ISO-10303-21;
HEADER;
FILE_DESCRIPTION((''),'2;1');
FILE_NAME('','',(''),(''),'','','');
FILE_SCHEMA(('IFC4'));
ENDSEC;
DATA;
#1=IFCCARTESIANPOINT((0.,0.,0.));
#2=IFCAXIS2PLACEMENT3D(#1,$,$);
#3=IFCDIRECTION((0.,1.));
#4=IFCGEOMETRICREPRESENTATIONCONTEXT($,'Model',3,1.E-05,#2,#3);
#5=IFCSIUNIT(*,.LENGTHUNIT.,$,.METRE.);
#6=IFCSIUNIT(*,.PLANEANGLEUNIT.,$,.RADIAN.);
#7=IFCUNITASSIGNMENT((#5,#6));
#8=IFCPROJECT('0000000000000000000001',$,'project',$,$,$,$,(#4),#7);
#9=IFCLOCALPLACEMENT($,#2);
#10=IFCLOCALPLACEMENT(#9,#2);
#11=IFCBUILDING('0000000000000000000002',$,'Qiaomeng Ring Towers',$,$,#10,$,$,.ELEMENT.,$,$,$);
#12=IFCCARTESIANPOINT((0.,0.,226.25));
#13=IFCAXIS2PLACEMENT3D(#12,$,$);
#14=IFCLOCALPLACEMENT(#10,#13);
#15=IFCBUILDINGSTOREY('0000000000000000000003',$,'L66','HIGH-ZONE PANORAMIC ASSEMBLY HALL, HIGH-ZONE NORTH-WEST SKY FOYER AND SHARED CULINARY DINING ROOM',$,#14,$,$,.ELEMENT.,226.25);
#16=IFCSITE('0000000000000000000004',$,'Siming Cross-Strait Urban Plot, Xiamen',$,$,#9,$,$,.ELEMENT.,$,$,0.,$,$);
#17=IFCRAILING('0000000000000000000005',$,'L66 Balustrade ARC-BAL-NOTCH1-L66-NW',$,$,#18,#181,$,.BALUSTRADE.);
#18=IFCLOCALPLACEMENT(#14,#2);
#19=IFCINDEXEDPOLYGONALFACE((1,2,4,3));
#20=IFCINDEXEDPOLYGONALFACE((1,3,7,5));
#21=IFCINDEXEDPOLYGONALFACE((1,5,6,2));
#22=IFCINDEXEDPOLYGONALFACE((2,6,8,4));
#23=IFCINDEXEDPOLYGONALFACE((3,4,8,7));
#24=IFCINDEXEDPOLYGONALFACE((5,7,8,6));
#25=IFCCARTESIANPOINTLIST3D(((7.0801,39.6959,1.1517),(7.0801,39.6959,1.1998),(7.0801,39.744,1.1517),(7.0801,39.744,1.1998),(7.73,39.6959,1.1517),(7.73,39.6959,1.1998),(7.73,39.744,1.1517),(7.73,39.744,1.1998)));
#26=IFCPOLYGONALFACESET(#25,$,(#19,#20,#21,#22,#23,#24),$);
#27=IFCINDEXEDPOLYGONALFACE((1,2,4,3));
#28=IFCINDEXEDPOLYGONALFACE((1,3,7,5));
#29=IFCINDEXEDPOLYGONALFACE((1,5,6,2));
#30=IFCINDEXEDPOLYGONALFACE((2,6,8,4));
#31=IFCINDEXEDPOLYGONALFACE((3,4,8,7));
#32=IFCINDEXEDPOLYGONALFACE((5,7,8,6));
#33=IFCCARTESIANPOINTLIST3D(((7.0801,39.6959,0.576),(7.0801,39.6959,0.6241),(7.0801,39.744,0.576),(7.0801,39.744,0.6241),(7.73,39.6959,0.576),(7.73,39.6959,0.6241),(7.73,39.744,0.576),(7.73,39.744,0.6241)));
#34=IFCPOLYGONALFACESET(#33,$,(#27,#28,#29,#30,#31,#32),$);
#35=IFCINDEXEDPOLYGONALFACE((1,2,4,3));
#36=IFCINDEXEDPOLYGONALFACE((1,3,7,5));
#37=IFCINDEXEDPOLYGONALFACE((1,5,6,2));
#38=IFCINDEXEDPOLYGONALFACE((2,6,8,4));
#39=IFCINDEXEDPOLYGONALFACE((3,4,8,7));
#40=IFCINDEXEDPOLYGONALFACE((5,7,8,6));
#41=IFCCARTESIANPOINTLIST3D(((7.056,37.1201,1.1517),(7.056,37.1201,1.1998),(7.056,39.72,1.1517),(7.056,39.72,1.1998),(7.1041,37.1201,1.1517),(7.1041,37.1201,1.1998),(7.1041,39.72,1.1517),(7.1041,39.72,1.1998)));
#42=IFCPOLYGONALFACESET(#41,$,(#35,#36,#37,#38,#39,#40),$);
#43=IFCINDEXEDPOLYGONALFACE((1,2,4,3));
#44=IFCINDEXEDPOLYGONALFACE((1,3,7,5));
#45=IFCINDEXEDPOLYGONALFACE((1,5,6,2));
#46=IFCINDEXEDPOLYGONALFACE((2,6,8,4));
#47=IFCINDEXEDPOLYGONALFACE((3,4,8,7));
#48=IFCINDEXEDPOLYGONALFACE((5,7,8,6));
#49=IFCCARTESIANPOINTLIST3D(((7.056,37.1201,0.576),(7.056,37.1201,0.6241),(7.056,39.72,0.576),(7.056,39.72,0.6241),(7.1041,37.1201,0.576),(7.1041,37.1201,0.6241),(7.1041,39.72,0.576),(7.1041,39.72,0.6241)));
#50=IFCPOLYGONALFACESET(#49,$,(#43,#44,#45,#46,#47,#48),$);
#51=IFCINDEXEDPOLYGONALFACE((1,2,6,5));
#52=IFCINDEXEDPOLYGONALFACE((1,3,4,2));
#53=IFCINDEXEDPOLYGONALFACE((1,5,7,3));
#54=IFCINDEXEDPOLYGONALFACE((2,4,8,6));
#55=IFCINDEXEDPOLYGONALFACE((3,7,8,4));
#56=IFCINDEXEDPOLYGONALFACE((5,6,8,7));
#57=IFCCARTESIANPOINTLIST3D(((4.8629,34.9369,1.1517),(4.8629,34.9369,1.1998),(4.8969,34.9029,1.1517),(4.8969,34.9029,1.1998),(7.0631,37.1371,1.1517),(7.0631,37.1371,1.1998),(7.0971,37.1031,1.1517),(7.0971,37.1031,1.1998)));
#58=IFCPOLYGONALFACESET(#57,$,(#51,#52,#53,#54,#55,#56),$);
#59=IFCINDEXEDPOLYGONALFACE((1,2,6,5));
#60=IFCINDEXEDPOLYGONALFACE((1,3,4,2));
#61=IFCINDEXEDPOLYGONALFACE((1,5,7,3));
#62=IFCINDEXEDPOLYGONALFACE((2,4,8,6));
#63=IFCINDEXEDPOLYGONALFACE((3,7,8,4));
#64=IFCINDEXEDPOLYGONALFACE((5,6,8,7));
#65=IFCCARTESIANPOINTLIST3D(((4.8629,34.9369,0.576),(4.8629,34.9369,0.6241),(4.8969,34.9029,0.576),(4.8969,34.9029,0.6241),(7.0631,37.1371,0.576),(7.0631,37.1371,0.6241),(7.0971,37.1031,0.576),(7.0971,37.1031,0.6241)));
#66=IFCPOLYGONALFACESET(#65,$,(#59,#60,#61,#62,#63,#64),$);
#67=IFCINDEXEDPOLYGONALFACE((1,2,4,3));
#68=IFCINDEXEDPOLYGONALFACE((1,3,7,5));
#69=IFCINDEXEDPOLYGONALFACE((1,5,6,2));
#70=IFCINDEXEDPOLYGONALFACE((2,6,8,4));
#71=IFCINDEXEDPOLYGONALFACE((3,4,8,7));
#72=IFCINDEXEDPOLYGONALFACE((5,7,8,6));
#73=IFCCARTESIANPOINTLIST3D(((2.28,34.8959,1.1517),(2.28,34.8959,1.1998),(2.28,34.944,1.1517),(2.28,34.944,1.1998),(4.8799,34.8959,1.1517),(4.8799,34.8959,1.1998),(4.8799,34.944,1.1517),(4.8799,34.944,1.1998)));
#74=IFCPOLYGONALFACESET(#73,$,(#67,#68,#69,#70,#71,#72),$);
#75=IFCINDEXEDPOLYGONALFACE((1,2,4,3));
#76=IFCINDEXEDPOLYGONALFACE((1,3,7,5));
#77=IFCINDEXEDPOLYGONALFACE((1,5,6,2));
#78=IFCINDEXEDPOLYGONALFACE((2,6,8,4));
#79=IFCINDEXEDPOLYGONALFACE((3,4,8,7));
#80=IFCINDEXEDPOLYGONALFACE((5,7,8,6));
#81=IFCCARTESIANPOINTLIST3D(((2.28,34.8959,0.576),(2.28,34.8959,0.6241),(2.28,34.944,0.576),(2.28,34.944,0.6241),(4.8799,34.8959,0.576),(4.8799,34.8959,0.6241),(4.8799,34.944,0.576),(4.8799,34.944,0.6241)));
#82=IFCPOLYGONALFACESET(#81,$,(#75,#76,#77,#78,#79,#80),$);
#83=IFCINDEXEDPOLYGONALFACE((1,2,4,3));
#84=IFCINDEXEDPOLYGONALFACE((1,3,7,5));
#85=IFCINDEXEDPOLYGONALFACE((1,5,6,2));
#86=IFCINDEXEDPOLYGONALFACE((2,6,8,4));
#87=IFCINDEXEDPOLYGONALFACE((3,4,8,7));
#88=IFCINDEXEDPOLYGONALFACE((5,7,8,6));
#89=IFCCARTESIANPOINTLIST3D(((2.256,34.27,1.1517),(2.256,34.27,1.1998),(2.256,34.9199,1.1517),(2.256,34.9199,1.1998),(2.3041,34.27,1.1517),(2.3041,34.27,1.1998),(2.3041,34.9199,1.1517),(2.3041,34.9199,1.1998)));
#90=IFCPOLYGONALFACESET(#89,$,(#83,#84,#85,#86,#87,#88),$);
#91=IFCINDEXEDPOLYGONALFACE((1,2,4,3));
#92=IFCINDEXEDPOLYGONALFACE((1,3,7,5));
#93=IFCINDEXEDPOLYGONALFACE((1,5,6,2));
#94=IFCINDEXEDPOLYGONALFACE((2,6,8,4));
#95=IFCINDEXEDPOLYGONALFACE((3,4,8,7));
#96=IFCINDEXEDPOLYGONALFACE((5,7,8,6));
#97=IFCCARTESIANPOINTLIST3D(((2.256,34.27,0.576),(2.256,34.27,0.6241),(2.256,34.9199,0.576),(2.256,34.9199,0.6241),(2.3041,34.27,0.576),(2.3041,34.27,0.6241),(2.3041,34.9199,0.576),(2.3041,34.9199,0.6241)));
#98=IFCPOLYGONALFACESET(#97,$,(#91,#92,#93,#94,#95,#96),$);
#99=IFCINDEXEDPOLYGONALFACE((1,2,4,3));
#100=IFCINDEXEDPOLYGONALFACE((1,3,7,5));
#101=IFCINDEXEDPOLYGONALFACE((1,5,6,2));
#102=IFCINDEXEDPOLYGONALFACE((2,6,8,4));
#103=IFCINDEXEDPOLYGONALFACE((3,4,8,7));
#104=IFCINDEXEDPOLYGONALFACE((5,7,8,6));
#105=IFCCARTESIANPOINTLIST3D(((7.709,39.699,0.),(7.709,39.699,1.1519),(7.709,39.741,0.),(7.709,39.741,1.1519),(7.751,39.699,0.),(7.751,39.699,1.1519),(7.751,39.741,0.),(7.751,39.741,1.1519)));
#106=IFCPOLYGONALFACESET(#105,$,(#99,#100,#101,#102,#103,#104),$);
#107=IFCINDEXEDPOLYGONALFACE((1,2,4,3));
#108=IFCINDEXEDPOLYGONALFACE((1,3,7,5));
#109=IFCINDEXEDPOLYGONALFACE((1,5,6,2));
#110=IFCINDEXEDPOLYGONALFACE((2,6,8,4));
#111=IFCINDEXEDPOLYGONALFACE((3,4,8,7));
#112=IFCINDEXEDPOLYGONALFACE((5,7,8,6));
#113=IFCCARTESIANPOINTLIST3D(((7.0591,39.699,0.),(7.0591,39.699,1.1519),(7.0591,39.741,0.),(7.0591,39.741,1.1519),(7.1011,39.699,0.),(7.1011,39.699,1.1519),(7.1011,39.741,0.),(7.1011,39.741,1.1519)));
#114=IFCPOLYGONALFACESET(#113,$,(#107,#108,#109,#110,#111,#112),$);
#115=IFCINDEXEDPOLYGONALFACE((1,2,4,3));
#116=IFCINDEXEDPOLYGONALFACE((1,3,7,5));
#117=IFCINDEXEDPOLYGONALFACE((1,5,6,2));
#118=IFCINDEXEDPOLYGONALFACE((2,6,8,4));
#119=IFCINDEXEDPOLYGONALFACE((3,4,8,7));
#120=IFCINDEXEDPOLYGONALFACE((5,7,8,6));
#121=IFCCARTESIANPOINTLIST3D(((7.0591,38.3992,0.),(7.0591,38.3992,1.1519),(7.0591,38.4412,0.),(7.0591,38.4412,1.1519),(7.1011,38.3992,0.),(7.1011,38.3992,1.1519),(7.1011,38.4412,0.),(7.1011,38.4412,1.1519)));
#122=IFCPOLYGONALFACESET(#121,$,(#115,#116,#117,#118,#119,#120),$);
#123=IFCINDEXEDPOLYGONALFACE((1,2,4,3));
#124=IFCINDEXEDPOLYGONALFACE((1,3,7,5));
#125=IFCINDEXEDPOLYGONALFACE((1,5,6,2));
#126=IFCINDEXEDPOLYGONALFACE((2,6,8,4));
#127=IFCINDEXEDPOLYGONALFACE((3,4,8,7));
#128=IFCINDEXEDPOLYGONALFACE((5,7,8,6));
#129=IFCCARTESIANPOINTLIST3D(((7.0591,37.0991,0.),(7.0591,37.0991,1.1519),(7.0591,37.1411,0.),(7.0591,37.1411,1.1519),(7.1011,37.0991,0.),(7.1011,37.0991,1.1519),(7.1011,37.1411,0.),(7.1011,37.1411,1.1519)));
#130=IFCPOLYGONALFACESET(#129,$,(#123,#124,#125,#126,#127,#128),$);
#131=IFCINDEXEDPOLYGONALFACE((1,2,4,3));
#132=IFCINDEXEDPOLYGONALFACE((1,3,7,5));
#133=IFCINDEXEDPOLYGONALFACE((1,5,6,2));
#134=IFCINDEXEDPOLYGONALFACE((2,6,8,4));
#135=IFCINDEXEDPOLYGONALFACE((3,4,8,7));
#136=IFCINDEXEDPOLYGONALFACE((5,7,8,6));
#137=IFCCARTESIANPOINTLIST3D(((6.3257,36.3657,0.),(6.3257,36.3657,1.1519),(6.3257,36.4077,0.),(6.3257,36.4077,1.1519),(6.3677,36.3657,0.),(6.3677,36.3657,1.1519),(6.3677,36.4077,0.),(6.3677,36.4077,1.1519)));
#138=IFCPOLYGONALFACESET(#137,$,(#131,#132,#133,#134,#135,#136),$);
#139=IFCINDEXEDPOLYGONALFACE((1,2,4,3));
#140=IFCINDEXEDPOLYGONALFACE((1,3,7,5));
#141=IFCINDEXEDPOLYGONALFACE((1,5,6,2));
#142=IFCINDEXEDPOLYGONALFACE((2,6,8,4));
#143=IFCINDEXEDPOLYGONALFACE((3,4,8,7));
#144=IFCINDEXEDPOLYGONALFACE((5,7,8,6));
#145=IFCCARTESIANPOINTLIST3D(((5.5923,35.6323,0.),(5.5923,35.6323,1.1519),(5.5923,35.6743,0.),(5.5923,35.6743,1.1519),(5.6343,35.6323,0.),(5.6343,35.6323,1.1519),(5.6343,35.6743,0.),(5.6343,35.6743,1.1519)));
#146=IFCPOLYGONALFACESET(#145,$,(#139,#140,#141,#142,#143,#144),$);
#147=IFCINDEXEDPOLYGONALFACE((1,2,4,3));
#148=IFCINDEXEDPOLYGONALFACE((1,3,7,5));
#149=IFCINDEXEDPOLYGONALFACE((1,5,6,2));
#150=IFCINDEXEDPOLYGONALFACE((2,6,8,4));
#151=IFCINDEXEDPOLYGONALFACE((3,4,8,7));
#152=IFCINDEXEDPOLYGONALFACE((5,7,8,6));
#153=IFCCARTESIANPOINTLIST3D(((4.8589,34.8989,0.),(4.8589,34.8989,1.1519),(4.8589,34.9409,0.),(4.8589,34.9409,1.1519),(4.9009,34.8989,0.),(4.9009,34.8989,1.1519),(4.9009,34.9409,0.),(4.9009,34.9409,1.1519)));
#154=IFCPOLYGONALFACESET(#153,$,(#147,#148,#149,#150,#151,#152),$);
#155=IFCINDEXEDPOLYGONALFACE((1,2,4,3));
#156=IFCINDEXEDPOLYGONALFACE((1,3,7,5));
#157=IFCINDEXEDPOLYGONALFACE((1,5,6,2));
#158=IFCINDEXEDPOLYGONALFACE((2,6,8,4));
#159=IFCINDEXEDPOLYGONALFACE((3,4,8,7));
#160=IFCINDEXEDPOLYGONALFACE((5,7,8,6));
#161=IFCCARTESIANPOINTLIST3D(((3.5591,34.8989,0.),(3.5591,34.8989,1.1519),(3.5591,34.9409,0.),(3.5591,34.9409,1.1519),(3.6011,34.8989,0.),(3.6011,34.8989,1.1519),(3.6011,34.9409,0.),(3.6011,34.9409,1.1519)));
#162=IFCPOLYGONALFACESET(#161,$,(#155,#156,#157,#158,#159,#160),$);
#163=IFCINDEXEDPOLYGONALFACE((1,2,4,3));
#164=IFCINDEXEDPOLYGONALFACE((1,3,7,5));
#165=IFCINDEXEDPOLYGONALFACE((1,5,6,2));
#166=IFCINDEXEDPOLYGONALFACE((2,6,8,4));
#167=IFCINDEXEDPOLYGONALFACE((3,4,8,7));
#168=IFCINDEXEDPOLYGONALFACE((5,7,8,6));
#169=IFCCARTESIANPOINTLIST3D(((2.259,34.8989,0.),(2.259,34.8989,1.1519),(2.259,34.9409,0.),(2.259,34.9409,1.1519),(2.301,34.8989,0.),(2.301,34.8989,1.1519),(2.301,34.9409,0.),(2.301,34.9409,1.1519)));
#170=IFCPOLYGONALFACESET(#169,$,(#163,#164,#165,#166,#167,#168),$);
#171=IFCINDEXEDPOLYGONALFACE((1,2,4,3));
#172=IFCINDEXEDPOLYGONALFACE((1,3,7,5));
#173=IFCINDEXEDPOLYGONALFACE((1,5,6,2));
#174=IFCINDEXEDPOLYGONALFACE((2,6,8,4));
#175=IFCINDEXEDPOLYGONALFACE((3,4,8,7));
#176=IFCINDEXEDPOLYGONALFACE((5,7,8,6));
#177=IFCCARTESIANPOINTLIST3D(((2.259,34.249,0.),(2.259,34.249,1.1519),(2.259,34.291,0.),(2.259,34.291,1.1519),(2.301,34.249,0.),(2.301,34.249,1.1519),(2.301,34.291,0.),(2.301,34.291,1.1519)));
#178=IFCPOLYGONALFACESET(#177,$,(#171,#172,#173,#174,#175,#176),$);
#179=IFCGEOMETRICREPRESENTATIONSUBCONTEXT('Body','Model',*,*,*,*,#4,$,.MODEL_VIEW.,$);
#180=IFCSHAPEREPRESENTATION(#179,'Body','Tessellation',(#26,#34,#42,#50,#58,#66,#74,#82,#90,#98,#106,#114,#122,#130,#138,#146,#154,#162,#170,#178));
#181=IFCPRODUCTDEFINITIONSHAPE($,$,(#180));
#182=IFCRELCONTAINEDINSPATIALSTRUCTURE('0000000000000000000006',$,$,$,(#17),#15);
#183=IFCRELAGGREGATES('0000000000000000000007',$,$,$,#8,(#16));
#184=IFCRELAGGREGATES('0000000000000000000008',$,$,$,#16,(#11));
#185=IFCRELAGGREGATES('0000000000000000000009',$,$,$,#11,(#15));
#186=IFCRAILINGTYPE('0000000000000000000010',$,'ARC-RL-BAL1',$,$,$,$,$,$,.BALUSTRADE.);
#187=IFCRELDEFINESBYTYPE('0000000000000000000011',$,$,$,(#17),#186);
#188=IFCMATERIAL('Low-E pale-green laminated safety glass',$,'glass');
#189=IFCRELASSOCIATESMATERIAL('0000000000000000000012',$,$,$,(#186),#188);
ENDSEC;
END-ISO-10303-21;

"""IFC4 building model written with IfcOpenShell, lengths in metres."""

from ifc_helpers import new_model, si_unit, direction, frame, origin, origin_2d, place, context, subcontext, project, spatial, rectangle, extrude, material, type_object, element, save


model = new_model("IFC4")

# Units and contexts
model_context = context("Model", 3, precision=1e-05, world=origin(), true_north=direction((0.0, 1.0)))
body_context = subcontext(model_context, "Body", "Model", "MODEL_VIEW")
ifc_project = project(units=[si_unit("LENGTHUNIT", "METRE"), si_unit("PLANEANGLEUNIT", "RADIAN")], contexts=[model_context])

# Site, building, storey
site_placement = place(None, origin())
site = spatial("IfcSite", under=ifc_project, at=site_placement, Name="Siming Cross-Strait Urban Plot, Xiamen", CompositionType="ELEMENT", RefElevation=0.0)
building_placement = place(site_placement, origin())
building = spatial("IfcBuilding", under=site, at=building_placement, Name="Qiaomeng Ring Towers", CompositionType="ELEMENT")
storey_placement = place(building_placement, frame((0.0, 0.0, 226.25)))
storey = spatial("IfcBuildingStorey", under=building, at=storey_placement, Name="L66", Description="HIGH-ZONE PANORAMIC ASSEMBLY HALL, HIGH-ZONE NORTH-WEST SKY FOYER AND SHARED CULINARY DINING ROOM", CompositionType="ELEMENT", Elevation=226.25)

# Railing
ifc_material_1 = material(Name="Low-E pale-green laminated safety glass", Category="glass")
railing_type = type_object("IfcRailingType", Name="ARC-RL-BAL1", PredefinedType="BALUSTRADE", material=ifc_material_1)
railing_placement = place(storey_placement, frame((7.73, 39.72, 0.0)))
element("IfcRailing", 1, at=railing_placement, inside=storey, type_object=railing_type, Name="L66 Balustrade ARC-BAL-NOTCH1-L66-NW", PredefinedType="BALUSTRADE", context=body_context, shape_type="SweptSolid", body=[
    extrude(rectangle(XDim=0.0481, YDim=0.0481, at=origin_2d()), frame((0.0, 0.0, 1.1758), z_axis=(-1.0, 0.0, 0.0), x_axis=(0.0, -1.0, 0.0)), (0.0, 0.0, 1.0), 0.6499),
    extrude(rectangle(XDim=0.0481, YDim=0.0481, at=origin_2d()), frame((0.0, 0.0, 0.6001), z_axis=(-1.0, 0.0, 0.0), x_axis=(0.0, -1.0, 0.0)), (0.0, 0.0, 1.0), 0.6499),
    extrude(rectangle(XDim=0.0481, YDim=0.0481, at=origin_2d()), frame((-0.6499, 0.0, 1.1758), z_axis=(0.0, -1.0, 0.0), x_axis=(1.0, 0.0, 0.0)), (0.0, 0.0, 1.0), 2.5999),
    extrude(rectangle(XDim=0.0481, YDim=0.0481, at=origin_2d()), frame((-0.6499, 0.0, 0.6001), z_axis=(0.0, -1.0, 0.0), x_axis=(1.0, 0.0, 0.0)), (0.0, 0.0, 1.0), 2.5999),
    extrude(rectangle(XDim=0.0481, YDim=0.0481, at=origin_2d()), frame((-0.6499, -2.5999, 1.1758), z_axis=(-0.707107, -0.707107, 0.0), x_axis=(0.707107, -0.707107, 0.0)), (0.0, 0.0, 1.0), 3.1116),
    extrude(rectangle(XDim=0.0481, YDim=0.0481, at=origin_2d()), frame((-0.6499, -2.5999, 0.6001), z_axis=(-0.707107, -0.707107, 0.0), x_axis=(0.707107, -0.707107, 0.0)), (0.0, 0.0, 1.0), 3.1116),
    extrude(rectangle(XDim=0.0481, YDim=0.0481, at=origin_2d()), frame((-2.8501, -4.8, 1.1758), z_axis=(-1.0, 0.0, 0.0), x_axis=(0.0, -1.0, 0.0)), (0.0, 0.0, 1.0), 2.5999),
    extrude(rectangle(XDim=0.0481, YDim=0.0481, at=origin_2d()), frame((-2.8501, -4.8, 0.6001), z_axis=(-1.0, 0.0, 0.0), x_axis=(0.0, -1.0, 0.0)), (0.0, 0.0, 1.0), 2.5999),
    extrude(rectangle(XDim=0.0481, YDim=0.0481, at=origin_2d()), frame((-5.45, -4.8, 1.1758), z_axis=(0.0, -1.0, 0.0), x_axis=(1.0, 0.0, 0.0)), (0.0, 0.0, 1.0), 0.6499),
    extrude(rectangle(XDim=0.0481, YDim=0.0481, at=origin_2d()), frame((-5.45, -4.8, 0.6001), z_axis=(0.0, -1.0, 0.0), x_axis=(1.0, 0.0, 0.0)), (0.0, 0.0, 1.0), 0.6499),
    extrude(rectangle(XDim=0.042, YDim=0.042, at=origin_2d()), origin(), (0.0, 0.0, 1.0), 1.1519),
    extrude(rectangle(XDim=0.042, YDim=0.042, at=origin_2d()), frame((-0.6499, 0.0, 0.0)), (0.0, 0.0, 1.0), 1.1519),
    extrude(rectangle(XDim=0.042, YDim=0.042, at=origin_2d()), frame((-0.6499, -1.2998, 0.0)), (0.0, 0.0, 1.0), 1.1519),
    extrude(rectangle(XDim=0.042, YDim=0.042, at=origin_2d()), frame((-0.6499, -2.5999, 0.0)), (0.0, 0.0, 1.0), 1.1519),
    extrude(rectangle(XDim=0.042, YDim=0.042, at=origin_2d()), frame((-1.3833, -3.3333, 0.0)), (0.0, 0.0, 1.0), 1.1519),
    extrude(rectangle(XDim=0.042, YDim=0.042, at=origin_2d()), frame((-2.1167, -4.0667, 0.0)), (0.0, 0.0, 1.0), 1.1519),
    extrude(rectangle(XDim=0.042, YDim=0.042, at=origin_2d()), frame((-2.8501, -4.8, 0.0)), (0.0, 0.0, 1.0), 1.1519),
    extrude(rectangle(XDim=0.042, YDim=0.042, at=origin_2d()), frame((-4.1499, -4.8, 0.0)), (0.0, 0.0, 1.0), 1.1519),
    extrude(rectangle(XDim=0.042, YDim=0.042, at=origin_2d()), frame((-5.45, -4.8, 0.0)), (0.0, 0.0, 1.0), 1.1519),
    extrude(rectangle(XDim=0.042, YDim=0.042, at=origin_2d()), frame((-5.45, -5.45, 0.0)), (0.0, 0.0, 1.0), 1.1519),
])

save(model, "model.ifc")
